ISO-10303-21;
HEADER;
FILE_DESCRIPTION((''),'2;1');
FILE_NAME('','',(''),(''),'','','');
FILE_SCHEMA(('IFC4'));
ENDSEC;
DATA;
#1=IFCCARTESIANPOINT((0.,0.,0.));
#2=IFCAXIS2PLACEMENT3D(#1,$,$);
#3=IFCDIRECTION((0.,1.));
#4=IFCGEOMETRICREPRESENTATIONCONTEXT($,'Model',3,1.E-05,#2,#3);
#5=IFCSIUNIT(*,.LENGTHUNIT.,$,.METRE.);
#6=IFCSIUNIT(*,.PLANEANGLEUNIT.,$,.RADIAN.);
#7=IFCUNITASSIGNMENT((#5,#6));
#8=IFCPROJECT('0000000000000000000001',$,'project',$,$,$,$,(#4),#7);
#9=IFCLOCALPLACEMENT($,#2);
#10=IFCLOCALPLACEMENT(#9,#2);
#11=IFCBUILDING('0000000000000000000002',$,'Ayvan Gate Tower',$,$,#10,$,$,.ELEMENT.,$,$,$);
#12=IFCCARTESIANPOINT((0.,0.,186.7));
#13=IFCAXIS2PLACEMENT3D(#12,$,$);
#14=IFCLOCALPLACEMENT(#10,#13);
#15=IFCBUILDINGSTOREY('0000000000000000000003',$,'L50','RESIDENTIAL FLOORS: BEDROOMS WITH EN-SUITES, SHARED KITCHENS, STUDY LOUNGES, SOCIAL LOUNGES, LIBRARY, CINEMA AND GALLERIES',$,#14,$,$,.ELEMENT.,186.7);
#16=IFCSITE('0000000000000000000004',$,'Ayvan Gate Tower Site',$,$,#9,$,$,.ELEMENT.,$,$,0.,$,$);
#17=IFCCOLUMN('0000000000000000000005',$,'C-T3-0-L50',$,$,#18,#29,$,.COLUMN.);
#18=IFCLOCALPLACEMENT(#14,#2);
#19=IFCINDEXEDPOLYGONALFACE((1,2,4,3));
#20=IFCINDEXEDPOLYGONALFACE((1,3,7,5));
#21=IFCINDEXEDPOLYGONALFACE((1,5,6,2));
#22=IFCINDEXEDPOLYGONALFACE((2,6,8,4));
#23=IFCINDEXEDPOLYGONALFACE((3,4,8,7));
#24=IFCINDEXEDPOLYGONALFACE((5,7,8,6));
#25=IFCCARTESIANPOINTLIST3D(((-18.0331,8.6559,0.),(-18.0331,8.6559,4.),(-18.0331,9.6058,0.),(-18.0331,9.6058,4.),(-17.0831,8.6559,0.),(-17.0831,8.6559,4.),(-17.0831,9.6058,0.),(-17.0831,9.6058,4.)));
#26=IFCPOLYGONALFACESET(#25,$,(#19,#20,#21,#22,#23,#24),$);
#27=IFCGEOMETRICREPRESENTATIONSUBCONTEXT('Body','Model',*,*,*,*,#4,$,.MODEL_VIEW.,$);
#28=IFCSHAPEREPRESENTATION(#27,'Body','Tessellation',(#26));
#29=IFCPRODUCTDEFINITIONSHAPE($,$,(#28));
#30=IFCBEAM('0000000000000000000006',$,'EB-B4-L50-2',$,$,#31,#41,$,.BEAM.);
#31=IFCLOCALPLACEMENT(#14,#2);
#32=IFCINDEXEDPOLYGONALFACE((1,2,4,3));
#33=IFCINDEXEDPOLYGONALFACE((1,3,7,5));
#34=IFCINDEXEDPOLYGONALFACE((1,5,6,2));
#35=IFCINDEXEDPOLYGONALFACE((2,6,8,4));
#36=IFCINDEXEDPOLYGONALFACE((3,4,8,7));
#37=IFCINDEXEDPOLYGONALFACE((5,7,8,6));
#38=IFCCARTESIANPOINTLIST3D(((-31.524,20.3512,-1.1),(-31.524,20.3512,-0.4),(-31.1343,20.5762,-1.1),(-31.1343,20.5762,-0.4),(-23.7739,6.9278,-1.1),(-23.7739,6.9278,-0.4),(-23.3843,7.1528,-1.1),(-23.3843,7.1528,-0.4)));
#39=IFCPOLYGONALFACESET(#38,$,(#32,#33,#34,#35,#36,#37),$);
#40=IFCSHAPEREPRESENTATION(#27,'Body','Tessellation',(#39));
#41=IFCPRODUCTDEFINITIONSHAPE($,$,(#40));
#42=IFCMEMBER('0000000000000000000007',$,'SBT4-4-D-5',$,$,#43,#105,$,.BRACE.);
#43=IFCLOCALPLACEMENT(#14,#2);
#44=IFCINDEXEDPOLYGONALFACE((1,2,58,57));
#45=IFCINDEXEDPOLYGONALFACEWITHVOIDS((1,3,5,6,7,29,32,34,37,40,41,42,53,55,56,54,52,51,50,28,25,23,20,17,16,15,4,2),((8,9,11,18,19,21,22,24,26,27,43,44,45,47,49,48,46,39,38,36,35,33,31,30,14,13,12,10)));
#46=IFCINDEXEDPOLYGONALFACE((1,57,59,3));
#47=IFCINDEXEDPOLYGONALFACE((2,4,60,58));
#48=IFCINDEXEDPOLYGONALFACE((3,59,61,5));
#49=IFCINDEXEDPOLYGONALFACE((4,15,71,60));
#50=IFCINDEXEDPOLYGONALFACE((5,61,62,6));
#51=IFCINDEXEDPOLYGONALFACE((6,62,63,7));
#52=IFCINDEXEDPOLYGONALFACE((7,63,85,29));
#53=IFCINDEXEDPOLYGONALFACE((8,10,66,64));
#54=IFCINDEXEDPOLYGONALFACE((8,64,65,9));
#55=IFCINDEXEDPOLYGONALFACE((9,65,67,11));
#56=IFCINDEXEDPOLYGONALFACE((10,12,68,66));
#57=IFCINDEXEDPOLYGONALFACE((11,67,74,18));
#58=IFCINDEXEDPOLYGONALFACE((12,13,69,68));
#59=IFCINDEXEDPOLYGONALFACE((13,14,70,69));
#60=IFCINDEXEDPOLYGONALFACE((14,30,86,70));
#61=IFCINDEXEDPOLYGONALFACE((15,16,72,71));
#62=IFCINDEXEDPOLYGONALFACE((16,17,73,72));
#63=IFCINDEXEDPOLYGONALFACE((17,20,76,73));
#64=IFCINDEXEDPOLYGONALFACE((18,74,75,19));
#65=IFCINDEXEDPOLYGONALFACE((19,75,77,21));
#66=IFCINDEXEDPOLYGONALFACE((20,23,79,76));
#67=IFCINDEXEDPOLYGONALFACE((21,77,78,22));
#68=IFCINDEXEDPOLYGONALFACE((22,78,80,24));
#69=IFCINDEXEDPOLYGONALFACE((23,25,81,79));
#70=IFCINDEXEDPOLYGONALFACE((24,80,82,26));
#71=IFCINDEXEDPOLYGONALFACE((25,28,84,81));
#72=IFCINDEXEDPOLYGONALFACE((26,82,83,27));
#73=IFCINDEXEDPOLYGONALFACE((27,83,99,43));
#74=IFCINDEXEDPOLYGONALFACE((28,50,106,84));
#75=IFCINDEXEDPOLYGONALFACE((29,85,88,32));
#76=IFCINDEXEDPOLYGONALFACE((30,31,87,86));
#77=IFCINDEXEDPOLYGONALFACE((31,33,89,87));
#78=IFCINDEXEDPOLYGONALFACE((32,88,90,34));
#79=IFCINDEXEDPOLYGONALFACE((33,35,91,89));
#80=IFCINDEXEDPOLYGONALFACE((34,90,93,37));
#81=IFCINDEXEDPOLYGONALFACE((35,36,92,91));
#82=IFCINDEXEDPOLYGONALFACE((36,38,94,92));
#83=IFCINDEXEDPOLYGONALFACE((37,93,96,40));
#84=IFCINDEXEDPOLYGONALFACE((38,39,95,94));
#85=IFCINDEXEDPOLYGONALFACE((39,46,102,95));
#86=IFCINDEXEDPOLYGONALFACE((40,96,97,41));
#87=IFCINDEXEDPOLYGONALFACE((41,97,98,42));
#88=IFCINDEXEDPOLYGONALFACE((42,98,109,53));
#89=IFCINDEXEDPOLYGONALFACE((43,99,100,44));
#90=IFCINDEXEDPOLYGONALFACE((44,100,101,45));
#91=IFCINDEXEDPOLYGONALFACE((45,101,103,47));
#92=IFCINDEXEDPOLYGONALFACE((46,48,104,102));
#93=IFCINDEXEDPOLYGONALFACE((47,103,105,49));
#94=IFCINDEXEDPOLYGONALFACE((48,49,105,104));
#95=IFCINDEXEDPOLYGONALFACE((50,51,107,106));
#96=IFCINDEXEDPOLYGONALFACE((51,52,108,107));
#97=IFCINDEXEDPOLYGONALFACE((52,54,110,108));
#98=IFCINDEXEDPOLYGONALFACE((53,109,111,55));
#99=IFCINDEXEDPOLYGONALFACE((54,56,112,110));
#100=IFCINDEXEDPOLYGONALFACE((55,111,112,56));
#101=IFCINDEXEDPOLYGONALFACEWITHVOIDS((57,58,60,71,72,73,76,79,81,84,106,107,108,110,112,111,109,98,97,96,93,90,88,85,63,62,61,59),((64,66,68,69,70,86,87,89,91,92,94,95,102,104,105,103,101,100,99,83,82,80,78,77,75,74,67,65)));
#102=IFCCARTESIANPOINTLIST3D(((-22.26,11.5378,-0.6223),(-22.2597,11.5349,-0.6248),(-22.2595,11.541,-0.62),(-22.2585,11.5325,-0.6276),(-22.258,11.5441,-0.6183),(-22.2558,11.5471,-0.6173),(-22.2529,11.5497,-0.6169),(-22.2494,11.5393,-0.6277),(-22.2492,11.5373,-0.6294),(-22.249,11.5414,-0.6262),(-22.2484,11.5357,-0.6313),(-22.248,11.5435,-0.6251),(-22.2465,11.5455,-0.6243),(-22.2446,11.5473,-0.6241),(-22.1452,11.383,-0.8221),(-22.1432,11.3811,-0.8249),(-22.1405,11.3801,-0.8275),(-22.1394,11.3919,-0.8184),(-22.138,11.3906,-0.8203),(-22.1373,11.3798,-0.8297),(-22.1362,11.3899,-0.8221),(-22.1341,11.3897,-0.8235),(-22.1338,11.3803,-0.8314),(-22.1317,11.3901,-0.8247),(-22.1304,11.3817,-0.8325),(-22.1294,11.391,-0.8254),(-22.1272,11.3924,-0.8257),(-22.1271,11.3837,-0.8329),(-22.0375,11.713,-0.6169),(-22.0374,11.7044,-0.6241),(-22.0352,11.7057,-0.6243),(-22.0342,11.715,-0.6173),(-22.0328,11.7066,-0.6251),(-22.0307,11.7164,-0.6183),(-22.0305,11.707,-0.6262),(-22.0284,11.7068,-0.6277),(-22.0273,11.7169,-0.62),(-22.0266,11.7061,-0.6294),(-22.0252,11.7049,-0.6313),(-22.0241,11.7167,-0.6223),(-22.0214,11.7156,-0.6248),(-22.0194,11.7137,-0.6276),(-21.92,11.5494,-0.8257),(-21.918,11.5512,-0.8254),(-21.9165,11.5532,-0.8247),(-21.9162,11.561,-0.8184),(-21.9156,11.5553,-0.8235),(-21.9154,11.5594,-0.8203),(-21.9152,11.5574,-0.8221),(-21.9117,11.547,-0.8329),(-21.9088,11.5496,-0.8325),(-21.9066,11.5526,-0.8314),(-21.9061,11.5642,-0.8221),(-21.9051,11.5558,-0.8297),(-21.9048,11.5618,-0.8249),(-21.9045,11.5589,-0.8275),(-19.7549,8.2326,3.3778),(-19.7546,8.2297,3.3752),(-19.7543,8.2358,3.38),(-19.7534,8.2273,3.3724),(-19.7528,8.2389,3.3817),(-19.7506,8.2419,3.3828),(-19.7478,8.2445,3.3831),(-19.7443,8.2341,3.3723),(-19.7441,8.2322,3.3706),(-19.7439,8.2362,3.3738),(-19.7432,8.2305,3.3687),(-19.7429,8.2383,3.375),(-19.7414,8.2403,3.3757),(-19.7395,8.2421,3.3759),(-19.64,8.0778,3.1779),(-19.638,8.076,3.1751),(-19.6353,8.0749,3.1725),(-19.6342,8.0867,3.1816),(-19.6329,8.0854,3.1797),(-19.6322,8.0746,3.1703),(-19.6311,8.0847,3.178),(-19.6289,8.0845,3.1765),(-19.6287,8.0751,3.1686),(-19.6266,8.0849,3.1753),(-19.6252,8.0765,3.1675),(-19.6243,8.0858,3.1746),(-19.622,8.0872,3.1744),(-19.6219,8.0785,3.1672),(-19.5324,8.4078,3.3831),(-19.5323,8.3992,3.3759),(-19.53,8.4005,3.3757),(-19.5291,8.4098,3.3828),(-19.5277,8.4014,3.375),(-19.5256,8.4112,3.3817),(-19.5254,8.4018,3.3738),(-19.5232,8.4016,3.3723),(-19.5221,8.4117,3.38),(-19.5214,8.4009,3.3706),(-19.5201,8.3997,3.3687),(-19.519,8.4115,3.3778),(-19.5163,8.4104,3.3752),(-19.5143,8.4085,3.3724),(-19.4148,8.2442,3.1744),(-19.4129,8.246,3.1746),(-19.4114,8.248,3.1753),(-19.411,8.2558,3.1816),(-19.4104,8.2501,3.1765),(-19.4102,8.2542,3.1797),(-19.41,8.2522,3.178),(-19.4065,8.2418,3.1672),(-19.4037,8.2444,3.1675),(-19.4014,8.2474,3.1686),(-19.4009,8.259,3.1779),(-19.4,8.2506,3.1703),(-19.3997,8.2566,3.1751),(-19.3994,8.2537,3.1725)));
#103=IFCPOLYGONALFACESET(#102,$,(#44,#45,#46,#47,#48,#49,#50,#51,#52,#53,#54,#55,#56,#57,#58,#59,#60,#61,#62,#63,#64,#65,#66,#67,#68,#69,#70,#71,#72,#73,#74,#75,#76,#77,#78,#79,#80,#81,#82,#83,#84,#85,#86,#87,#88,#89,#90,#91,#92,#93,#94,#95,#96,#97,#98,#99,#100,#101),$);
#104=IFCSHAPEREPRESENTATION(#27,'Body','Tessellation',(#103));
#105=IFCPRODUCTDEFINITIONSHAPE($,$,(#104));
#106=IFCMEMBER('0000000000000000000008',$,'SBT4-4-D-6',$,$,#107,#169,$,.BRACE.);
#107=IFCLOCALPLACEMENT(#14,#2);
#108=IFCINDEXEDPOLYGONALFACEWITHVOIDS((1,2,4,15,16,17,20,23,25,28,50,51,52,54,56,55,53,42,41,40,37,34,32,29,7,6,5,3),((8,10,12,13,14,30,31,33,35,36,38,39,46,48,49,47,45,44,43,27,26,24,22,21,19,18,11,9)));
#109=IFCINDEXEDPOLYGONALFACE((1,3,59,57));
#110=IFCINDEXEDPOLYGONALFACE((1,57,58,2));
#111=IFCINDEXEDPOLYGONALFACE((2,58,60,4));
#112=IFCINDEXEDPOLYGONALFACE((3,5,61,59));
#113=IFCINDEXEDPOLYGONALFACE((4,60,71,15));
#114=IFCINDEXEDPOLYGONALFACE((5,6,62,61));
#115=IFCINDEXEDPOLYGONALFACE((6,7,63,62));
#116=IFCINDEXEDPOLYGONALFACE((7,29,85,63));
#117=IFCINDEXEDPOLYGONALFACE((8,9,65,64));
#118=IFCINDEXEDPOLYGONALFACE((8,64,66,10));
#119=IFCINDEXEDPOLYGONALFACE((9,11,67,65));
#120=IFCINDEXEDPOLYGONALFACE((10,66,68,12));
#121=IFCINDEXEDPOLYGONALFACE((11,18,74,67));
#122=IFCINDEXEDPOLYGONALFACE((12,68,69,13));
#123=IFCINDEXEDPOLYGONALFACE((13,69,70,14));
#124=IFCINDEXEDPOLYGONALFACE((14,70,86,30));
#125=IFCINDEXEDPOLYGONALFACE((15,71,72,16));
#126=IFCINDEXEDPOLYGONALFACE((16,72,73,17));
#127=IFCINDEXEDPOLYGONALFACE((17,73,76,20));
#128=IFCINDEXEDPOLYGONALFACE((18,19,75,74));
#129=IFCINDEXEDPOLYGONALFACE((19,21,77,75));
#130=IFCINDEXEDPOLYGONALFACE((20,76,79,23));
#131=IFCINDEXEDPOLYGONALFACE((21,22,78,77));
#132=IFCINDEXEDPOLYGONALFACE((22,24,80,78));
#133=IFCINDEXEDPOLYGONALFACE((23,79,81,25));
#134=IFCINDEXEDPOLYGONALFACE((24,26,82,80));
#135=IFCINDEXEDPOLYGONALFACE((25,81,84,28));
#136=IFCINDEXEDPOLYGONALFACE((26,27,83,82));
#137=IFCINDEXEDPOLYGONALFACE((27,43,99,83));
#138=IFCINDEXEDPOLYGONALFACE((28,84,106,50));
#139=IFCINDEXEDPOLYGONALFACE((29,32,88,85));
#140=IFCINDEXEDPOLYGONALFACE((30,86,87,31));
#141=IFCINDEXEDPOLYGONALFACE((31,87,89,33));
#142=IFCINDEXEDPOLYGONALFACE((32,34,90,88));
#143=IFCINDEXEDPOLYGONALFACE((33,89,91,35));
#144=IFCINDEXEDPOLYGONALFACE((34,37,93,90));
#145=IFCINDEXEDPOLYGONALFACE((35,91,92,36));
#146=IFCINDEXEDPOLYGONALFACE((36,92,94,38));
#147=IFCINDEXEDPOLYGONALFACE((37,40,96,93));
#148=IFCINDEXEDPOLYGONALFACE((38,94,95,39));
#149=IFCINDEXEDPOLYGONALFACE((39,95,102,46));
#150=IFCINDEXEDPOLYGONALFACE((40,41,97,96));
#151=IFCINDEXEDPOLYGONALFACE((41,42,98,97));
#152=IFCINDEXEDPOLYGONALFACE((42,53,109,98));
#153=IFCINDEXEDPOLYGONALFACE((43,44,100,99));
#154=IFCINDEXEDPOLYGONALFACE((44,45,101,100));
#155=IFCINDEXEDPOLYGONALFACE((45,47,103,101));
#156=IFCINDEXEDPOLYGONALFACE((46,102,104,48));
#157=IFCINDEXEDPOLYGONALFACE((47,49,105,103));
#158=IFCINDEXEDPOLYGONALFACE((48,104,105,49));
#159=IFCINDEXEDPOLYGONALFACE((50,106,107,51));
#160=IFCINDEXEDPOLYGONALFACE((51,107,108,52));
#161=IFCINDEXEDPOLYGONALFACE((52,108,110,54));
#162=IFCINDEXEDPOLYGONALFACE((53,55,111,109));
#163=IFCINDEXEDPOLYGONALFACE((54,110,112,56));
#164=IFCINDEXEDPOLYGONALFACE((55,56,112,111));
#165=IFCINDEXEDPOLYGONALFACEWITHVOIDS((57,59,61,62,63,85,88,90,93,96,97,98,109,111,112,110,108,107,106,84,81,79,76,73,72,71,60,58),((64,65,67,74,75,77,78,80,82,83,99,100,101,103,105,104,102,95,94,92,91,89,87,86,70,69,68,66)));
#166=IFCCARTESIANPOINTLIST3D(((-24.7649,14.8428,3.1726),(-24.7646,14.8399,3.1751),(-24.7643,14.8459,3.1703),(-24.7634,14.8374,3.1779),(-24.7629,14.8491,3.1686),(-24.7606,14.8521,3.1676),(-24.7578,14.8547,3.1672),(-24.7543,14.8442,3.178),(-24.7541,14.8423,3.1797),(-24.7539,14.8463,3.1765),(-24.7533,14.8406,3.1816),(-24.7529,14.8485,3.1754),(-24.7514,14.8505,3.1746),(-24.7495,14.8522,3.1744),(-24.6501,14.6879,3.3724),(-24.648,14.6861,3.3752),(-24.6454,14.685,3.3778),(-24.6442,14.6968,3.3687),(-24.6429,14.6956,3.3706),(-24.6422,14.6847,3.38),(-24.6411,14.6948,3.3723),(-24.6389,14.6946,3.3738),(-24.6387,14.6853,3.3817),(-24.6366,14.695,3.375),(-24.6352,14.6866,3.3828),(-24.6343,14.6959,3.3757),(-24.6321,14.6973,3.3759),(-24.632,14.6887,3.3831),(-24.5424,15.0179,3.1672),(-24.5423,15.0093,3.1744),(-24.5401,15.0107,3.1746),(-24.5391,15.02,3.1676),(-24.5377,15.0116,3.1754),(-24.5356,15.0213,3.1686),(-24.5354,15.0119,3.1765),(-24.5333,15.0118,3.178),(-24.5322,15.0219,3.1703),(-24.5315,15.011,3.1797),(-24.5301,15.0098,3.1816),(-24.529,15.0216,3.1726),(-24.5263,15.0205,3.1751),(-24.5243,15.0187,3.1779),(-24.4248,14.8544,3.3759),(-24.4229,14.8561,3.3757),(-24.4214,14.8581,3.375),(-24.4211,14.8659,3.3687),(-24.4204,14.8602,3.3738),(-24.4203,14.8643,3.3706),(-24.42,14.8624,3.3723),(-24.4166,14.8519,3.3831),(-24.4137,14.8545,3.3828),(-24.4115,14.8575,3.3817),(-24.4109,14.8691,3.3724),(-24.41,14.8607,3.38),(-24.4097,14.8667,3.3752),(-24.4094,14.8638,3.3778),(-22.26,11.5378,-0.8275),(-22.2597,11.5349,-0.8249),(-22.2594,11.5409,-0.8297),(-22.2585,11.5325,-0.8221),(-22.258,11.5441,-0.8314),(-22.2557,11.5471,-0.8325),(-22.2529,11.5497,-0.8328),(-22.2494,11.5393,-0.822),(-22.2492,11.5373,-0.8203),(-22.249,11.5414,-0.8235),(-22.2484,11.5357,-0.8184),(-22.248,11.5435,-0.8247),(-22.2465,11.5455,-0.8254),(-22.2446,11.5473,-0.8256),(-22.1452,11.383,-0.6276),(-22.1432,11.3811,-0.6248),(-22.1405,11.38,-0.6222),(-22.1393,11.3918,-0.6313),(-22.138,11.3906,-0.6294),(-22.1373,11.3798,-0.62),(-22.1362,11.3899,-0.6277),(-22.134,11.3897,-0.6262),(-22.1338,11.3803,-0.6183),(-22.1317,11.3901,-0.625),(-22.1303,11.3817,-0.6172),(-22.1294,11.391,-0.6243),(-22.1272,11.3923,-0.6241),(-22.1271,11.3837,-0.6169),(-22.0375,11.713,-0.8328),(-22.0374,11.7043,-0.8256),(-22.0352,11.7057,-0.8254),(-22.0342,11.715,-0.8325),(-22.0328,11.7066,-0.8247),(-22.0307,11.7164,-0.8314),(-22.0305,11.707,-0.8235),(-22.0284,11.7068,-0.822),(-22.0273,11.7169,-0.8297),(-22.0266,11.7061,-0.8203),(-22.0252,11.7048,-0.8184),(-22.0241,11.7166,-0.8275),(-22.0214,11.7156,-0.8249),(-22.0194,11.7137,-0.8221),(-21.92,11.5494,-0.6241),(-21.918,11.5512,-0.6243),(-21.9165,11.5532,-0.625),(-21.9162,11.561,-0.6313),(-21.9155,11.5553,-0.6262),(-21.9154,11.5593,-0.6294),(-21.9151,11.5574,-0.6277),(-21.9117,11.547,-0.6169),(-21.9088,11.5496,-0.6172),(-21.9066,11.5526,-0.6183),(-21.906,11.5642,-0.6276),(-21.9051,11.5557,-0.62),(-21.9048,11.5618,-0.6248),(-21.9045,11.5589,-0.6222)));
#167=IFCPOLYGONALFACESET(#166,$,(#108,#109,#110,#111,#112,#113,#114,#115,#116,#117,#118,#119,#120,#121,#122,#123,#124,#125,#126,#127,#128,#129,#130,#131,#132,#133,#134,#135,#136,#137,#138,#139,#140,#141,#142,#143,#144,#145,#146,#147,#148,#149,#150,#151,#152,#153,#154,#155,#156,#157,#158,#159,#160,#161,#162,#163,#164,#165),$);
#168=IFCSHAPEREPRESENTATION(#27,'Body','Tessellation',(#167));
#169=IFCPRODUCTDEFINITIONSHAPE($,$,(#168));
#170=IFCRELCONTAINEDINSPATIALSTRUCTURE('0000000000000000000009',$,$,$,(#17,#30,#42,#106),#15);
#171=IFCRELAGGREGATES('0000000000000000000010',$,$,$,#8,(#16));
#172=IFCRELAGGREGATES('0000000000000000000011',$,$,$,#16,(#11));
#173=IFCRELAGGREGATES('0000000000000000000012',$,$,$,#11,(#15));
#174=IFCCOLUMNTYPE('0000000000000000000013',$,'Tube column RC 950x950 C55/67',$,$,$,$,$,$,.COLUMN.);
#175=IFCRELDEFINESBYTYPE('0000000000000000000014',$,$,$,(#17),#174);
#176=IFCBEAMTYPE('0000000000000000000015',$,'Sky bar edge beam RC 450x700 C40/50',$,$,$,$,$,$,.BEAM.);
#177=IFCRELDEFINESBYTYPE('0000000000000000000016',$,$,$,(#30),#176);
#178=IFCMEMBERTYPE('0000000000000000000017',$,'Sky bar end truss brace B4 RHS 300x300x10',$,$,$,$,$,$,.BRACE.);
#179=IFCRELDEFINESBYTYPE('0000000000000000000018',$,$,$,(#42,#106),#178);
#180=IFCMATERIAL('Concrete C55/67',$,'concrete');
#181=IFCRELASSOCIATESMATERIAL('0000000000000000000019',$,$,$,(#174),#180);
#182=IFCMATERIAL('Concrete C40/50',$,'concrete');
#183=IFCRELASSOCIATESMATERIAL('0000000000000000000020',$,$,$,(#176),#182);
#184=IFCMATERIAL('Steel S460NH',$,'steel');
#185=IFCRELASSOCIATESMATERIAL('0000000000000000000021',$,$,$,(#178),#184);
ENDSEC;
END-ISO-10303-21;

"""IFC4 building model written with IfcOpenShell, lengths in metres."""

from ifc_helpers import new_model, si_unit, direction, frame, origin, origin_2d, place, context, subcontext, project, spatial, rectangle, hollow_rectangle, extrude, material, material_profile, profile_set, type_object, element, save


model = new_model("IFC4")

# Units and contexts
model_context = context("Model", 3, precision=1e-05, world=origin(), true_north=direction((0.0, 1.0)))
body_context = subcontext(model_context, "Body", "Model", "MODEL_VIEW")
ifc_project = project(units=[si_unit("LENGTHUNIT", "METRE"), si_unit("PLANEANGLEUNIT", "RADIAN")], contexts=[model_context])

# Site, building, storey
site_placement = place(None, origin())
site = spatial("IfcSite", under=ifc_project, at=site_placement, Name="Ayvan Gate Tower Site", CompositionType="ELEMENT", RefElevation=0.0)
building_placement = place(site_placement, origin())
building = spatial("IfcBuilding", under=site, at=building_placement, Name="Ayvan Gate Tower", CompositionType="ELEMENT")
storey_placement = place(building_placement, frame((0.0, 0.0, 186.7)))
storey = spatial("IfcBuildingStorey", under=building, at=storey_placement, Name="L50", Description="RESIDENTIAL FLOORS: BEDROOMS WITH EN-SUITES, SHARED KITCHENS, STUDY LOUNGES, SOCIAL LOUNGES, LIBRARY, CINEMA AND GALLERIES", CompositionType="ELEMENT", Elevation=186.7)

# Column
ifc_material_1 = material(Name="Concrete C55/67", Category="concrete")
ifc_material_profile_1 = material_profile(ifc_material_1, rectangle(XDim=0.95, YDim=0.95, at=origin_2d()), Name="RC 950x950")
ifc_profile_set_1 = profile_set([ifc_material_profile_1], Name="Concrete C55/67")
column_type = type_object("IfcColumnType", Name="Tube column RC 950x950 C55/67", PredefinedType="COLUMN", material=ifc_profile_set_1)
column_placement = place(storey_placement, frame((-17.5581, 9.1309, 0.0), z_axis=(0.0, 0.0, 1.0), x_axis=(-1.0, 0.0, 0.0)))
element("IfcColumn", 1, at=column_placement, inside=storey, type_object=column_type, Name="C-T3-0-L50", PredefinedType="COLUMN", context=body_context, shape_type="SweptSolid", body=[
    extrude(rectangle(XDim=0.95, YDim=0.95, at=origin_2d()), origin(), (0.0, 0.0, 1.0), 4.0),
])

# Beam
ifc_material_2 = material(Name="Concrete C40/50", Category="concrete")
ifc_material_profile_2 = material_profile(ifc_material_2, rectangle(XDim=0.45, YDim=0.7, at=origin_2d()), Name="RC 450x700")
ifc_profile_set_2 = profile_set([ifc_material_profile_2], Name="Concrete C40/50")
beam_type_1 = type_object("IfcBeamType", Name="Sky bar edge beam RC 450x700 C40/50", PredefinedType="BEAM", material=ifc_profile_set_2)
beam_1_placement = place(storey_placement, frame((-23.5791, 7.0403, -0.75), z_axis=(-0.500002, 0.866025, 0.0), x_axis=(-0.866025, -0.500002, 0.0)))
element("IfcBeam", 2, at=beam_1_placement, inside=storey, type_object=beam_type_1, Name="EB-B4-L50-2", PredefinedType="BEAM", context=body_context, shape_type="SweptSolid", body=[
    extrude(rectangle(XDim=0.45, YDim=0.7, at=origin_2d()), origin(), (0.0, 0.0, 1.0), 15.5),
])

# Members
ifc_material_3 = material(Name="Steel S460NH", Category="steel")
ifc_material_profile_3 = material_profile(ifc_material_3, hollow_rectangle(XDim=0.3, YDim=0.3, WallThickness=0.01, InnerFilletRadius=0.01, OuterFilletRadius=0.0149, at=origin_2d()), Name="RHS 300x300x10")
ifc_profile_set_3 = profile_set([ifc_material_profile_3], Name="Steel S460NH")
member_type_1 = type_object("IfcMemberType", Name="Sky bar end truss brace B4 RHS 300x300x10", PredefinedType="BRACE", material=ifc_profile_set_3)
member_1_placement = place(storey_placement, frame((-19.5771, 8.2432, 3.2751), z_axis=(-0.434772, 0.573623, -0.694212), x_axis=(-0.796952, -0.604042, 0.0)))
element("IfcMember", 3, at=member_1_placement, inside=storey, type_object=member_type_1, Name="SBT4-4-D-5", PredefinedType="BRACE", context=body_context, shape_type="SweptSolid", body=[
    extrude(hollow_rectangle(XDim=0.3, YDim=0.3, WallThickness=0.01, InnerFilletRadius=0.01, OuterFilletRadius=0.0149, at=origin_2d()), origin(), (0.0, 0.0, 1.0), 5.762),
])
for number, where, z_axis, x_axis, name in (
    (4, (-22.0823, 11.5483, -0.7249), (-0.434748, 0.573605, 0.694241), (-0.796959, -0.604033, 0.0), "SBT4-4-D-6"),
):
    element("IfcMember", number, at=place(storey_placement, frame(where, z_axis=z_axis, x_axis=x_axis)), inside=storey, type_object=member_type_1, Name=name, PredefinedType="BRACE", context=body_context, shape_type="SweptSolid", body=[
        extrude(hollow_rectangle(XDim=0.3, YDim=0.3, WallThickness=0.01, InnerFilletRadius=0.01, OuterFilletRadius=0.0149, at=origin_2d()), origin(), (0.0, 0.0, 1.0), 5.7617),
    ])

save(model, "model.ifc")
